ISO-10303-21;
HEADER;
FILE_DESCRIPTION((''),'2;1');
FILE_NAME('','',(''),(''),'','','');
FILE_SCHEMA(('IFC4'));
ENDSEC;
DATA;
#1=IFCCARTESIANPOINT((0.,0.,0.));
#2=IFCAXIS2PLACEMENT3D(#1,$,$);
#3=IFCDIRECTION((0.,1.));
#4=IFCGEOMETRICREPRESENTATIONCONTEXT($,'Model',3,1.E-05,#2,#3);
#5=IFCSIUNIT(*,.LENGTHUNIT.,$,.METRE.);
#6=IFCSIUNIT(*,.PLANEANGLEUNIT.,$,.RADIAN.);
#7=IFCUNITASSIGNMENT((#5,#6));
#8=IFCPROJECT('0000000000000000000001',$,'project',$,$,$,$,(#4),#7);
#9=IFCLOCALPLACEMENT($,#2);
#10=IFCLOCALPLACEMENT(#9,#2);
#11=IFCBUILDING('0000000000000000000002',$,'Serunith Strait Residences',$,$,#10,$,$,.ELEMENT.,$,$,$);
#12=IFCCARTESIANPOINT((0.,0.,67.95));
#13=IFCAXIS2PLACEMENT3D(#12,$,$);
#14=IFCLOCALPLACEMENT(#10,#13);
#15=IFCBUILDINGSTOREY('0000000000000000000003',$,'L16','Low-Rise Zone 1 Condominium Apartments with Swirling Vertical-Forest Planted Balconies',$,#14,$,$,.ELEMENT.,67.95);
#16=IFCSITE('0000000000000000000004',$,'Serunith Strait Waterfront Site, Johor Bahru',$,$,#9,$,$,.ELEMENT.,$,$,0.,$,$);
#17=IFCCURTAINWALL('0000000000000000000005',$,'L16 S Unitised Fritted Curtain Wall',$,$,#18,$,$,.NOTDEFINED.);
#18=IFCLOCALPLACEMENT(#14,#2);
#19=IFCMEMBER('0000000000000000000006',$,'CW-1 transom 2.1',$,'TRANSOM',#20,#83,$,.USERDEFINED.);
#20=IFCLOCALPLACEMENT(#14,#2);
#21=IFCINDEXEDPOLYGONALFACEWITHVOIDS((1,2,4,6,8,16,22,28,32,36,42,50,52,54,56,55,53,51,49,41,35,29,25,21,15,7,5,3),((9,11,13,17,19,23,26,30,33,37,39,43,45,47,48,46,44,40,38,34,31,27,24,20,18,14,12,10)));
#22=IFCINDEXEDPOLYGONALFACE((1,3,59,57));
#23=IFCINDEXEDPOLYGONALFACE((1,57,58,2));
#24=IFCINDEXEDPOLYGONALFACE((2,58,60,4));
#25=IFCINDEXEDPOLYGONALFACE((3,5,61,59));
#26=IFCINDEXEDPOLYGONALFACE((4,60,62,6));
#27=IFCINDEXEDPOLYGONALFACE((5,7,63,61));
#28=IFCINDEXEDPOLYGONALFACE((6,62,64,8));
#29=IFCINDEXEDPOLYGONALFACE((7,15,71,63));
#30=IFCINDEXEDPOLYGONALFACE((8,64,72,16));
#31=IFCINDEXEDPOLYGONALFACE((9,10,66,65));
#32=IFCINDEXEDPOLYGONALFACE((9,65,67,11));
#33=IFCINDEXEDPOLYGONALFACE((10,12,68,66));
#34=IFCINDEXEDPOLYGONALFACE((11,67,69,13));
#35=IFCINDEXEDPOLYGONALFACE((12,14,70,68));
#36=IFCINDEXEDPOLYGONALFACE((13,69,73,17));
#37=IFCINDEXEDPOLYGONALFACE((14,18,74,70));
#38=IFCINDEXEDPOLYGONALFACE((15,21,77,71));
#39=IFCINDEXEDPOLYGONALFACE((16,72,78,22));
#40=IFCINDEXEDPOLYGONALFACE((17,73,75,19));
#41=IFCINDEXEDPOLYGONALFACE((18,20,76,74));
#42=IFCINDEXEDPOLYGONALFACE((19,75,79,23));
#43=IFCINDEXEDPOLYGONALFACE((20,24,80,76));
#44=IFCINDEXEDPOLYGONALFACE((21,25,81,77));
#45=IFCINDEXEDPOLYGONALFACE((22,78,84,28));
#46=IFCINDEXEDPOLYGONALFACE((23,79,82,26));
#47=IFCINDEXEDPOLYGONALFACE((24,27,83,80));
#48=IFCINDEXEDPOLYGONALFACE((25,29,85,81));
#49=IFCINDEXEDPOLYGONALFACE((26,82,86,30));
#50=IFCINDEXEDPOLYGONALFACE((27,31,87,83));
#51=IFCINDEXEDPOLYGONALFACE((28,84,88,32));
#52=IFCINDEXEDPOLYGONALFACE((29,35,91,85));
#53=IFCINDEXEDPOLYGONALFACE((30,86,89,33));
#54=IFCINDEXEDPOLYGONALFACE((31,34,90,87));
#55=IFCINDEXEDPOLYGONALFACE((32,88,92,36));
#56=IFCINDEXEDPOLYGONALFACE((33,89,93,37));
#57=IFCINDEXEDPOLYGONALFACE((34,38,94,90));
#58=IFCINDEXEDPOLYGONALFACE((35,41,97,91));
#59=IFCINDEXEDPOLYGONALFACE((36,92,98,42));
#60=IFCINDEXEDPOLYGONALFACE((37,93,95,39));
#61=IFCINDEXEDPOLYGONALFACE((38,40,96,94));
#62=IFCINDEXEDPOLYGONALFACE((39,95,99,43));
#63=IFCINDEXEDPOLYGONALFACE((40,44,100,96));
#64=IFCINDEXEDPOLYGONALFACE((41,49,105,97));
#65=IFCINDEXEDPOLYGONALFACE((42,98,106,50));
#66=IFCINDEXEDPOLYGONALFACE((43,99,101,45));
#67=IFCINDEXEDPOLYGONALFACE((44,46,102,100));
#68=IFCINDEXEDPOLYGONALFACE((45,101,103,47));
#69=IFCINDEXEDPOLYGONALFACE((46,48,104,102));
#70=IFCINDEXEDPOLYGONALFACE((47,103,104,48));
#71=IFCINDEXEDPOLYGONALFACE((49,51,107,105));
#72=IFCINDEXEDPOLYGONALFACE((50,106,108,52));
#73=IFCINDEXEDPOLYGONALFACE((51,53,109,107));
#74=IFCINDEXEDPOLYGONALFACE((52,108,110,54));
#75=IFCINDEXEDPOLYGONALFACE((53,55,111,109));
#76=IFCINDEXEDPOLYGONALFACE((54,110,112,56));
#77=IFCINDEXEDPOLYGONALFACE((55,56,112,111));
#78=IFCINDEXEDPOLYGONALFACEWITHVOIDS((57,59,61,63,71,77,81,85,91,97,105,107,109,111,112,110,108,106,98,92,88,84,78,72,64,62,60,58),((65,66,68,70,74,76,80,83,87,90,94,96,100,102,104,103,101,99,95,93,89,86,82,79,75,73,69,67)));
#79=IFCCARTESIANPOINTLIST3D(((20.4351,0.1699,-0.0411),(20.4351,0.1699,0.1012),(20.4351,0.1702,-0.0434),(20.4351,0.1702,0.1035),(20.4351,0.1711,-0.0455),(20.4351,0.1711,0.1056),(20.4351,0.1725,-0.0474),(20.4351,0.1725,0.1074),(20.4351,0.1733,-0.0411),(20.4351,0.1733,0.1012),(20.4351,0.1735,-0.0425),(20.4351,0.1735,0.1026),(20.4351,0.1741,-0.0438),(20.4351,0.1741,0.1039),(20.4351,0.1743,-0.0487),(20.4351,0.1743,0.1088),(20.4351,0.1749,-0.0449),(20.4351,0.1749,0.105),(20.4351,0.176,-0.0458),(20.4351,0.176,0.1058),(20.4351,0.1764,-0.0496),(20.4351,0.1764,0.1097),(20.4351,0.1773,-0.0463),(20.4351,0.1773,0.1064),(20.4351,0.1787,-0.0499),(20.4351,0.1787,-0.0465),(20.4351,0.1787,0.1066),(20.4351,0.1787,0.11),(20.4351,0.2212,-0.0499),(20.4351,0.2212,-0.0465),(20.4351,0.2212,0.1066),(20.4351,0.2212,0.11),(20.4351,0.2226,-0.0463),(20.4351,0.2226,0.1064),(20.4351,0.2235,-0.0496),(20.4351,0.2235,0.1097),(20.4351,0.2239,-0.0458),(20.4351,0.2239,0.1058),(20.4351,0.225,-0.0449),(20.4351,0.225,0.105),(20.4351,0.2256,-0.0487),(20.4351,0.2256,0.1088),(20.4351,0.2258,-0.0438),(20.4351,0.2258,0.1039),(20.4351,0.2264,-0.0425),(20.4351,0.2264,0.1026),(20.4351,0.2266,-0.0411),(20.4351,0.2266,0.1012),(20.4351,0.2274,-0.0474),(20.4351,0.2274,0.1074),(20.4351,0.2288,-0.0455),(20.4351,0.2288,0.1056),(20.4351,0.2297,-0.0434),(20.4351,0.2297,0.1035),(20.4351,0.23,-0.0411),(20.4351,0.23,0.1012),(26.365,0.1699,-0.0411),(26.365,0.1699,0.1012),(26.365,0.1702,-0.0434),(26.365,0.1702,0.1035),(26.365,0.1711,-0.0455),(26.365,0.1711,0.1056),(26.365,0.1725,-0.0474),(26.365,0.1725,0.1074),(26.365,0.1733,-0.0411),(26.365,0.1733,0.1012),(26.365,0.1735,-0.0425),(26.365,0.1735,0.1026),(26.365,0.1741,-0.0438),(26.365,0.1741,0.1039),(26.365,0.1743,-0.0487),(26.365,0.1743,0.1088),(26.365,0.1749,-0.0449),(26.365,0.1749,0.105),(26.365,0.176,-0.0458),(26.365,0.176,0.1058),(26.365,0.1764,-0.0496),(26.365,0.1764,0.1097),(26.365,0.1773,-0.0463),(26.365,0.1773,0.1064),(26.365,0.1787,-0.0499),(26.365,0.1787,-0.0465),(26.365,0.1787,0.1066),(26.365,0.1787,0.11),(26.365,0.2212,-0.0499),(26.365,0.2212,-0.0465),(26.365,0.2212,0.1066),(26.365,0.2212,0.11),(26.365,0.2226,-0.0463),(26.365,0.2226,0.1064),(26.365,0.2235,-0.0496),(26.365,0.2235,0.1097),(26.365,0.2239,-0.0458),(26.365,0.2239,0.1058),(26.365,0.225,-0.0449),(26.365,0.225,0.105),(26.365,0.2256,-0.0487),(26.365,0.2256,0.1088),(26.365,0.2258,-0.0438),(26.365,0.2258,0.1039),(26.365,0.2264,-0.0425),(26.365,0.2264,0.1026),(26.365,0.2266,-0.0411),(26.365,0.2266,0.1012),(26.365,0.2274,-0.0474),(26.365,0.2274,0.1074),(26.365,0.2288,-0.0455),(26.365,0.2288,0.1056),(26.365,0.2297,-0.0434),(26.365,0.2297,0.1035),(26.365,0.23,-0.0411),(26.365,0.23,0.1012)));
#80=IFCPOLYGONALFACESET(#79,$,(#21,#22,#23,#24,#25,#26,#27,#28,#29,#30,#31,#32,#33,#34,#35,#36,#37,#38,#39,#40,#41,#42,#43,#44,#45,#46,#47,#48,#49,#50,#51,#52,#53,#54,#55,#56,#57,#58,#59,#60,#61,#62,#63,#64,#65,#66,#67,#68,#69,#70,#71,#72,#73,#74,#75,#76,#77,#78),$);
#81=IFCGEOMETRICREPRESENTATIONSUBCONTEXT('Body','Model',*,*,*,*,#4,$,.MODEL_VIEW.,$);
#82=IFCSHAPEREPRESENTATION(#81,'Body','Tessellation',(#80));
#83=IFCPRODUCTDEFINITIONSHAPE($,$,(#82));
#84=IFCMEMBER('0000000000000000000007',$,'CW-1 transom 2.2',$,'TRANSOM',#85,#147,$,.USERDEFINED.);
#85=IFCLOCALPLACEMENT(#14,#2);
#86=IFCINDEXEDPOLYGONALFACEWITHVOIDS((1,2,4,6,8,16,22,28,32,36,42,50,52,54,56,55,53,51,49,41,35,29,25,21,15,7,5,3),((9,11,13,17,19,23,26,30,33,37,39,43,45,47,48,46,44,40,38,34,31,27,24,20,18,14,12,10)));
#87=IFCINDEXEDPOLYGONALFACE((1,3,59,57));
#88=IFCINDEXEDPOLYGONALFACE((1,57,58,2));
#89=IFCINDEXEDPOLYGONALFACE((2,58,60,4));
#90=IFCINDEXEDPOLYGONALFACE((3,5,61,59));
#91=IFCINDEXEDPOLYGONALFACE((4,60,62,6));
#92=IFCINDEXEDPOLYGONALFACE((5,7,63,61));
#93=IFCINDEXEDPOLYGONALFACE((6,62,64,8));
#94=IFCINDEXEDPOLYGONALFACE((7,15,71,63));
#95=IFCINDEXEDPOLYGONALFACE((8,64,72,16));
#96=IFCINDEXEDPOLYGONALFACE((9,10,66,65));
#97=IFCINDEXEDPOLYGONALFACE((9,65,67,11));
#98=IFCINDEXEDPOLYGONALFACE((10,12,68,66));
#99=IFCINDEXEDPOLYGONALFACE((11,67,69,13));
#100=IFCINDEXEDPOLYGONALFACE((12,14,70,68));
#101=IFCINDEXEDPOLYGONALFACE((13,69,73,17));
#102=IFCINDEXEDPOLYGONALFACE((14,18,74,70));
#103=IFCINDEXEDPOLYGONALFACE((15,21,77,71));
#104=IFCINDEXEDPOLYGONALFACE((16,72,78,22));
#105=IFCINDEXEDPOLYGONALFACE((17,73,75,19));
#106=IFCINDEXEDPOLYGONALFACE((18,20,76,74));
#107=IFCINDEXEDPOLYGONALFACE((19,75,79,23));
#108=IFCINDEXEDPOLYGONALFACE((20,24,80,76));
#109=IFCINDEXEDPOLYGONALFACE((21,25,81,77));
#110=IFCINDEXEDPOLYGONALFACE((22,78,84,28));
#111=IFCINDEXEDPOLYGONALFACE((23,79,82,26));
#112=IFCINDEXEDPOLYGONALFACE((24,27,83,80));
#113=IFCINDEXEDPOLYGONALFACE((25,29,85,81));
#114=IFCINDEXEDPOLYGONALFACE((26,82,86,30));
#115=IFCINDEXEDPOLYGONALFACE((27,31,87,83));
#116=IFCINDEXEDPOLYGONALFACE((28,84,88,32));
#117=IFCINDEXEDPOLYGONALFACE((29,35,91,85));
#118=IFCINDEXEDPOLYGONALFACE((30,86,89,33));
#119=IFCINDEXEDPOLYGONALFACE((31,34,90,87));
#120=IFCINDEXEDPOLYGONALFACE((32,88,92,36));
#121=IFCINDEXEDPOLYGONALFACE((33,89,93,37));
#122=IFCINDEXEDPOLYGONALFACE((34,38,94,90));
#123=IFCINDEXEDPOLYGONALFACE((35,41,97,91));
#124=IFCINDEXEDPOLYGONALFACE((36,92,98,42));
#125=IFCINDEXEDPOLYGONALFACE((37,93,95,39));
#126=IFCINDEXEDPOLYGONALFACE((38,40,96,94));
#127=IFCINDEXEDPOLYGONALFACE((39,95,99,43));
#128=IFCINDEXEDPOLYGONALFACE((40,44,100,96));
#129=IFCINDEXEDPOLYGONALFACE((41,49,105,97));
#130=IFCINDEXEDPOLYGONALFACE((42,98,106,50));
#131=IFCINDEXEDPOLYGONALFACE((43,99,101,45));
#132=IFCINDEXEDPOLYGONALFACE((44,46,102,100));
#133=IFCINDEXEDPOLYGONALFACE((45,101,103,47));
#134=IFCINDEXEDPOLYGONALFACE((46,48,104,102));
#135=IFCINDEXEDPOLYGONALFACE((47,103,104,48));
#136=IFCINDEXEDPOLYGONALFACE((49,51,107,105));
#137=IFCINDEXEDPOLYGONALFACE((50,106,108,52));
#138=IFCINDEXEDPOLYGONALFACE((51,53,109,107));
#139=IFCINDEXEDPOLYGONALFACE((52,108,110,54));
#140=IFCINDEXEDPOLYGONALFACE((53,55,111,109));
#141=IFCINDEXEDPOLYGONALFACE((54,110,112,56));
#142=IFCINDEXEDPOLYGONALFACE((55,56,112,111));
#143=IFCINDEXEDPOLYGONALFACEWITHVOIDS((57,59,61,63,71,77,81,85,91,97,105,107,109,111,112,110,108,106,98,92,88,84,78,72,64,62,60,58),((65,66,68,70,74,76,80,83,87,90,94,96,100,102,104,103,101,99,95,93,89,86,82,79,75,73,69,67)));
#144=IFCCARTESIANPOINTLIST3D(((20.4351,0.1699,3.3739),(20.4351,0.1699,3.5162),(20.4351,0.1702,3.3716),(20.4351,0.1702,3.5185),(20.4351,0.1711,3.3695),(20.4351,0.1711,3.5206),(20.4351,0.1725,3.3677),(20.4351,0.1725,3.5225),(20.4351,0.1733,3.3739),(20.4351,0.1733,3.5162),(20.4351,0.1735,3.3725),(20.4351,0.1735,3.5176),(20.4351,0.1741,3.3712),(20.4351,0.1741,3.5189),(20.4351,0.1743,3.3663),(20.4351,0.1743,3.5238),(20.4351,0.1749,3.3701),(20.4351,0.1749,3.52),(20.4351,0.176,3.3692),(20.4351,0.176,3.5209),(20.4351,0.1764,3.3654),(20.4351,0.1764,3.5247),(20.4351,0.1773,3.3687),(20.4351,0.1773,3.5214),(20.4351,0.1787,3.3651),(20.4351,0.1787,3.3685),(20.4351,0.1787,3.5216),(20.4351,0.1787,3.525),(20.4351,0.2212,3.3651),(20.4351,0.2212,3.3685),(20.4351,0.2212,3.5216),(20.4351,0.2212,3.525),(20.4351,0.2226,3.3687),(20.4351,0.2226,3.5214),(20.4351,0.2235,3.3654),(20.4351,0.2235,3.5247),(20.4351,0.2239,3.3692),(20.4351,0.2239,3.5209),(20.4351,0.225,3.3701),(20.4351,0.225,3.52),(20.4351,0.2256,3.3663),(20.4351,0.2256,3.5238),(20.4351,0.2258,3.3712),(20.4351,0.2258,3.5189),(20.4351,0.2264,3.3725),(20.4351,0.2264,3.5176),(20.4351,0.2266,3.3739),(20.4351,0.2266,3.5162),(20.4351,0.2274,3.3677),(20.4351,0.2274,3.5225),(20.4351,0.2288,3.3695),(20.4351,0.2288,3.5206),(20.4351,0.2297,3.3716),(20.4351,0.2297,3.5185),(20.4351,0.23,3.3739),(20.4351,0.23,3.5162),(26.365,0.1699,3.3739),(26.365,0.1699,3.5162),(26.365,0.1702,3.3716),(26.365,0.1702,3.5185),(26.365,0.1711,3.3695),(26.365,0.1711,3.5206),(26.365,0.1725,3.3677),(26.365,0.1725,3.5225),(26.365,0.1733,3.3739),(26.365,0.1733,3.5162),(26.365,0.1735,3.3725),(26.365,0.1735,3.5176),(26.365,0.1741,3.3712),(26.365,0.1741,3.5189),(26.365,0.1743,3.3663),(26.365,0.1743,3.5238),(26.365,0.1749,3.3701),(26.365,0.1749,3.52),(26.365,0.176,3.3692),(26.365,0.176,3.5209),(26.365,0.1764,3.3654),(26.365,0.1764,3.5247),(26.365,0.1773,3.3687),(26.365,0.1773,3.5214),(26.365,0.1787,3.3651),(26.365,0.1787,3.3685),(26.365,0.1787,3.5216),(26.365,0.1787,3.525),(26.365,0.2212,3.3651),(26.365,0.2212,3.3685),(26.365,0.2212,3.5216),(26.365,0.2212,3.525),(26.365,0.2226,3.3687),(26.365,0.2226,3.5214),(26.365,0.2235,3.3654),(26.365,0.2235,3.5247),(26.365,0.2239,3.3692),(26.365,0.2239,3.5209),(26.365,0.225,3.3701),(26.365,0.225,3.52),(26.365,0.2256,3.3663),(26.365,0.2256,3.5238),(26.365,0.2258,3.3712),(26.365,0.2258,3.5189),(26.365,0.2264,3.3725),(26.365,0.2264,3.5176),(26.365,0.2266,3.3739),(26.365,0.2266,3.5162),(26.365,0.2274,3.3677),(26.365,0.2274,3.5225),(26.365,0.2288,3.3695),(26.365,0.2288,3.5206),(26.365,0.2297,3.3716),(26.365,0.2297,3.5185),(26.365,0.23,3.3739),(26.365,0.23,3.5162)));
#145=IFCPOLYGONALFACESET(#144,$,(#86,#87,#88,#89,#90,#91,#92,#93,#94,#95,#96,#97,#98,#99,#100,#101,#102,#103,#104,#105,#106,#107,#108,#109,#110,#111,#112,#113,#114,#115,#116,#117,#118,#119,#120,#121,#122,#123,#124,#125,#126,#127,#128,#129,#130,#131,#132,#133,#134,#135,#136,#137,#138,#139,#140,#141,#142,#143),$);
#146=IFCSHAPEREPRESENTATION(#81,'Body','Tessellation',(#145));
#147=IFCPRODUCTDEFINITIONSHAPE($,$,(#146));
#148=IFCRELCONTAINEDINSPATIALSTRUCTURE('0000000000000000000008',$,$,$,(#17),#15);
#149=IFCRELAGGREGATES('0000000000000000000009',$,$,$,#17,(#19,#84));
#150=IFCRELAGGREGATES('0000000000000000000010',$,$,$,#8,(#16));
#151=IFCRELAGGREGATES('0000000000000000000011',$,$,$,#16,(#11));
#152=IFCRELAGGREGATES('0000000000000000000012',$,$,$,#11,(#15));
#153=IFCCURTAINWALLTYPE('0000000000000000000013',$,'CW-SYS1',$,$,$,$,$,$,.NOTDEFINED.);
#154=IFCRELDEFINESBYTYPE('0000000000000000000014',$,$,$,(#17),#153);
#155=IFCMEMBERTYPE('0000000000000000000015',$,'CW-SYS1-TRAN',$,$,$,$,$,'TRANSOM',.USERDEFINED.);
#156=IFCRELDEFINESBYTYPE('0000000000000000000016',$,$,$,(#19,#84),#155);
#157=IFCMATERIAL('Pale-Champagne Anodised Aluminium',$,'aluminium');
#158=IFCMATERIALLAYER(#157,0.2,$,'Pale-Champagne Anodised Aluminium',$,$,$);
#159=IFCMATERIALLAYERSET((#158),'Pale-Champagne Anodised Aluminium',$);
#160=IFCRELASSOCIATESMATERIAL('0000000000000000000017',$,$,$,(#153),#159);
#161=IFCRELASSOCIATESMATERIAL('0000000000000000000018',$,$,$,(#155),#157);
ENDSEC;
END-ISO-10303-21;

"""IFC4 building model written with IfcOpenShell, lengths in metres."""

from ifc_helpers import new_model, si_unit, direction, frame, origin, origin_2d, place, context, subcontext, project, spatial, hollow_rectangle, extrude, source, transform, mapped, material, layer, layer_set, material_profile, profile_set, type_object, element, aggregate, save


model = new_model("IFC4")

# Units and contexts
model_context = context("Model", 3, precision=1e-05, world=origin(), true_north=direction((0.0, 1.0)))
body_context = subcontext(model_context, "Body", "Model", "MODEL_VIEW")
ifc_project = project(units=[si_unit("LENGTHUNIT", "METRE"), si_unit("PLANEANGLEUNIT", "RADIAN")], contexts=[model_context])

# Site, building, storey
site_placement = place(None, origin())
site = spatial("IfcSite", under=ifc_project, at=site_placement, Name="Serunith Strait Waterfront Site, Johor Bahru", CompositionType="ELEMENT", RefElevation=0.0)
building_placement = place(site_placement, origin())
building = spatial("IfcBuilding", under=site, at=building_placement, Name="Serunith Strait Residences", CompositionType="ELEMENT")
storey_placement = place(building_placement, frame((0.0, 0.0, 67.95)))
storey = spatial("IfcBuildingStorey", under=building, at=storey_placement, Name="L16", Description="Low-Rise Zone 1 Condominium Apartments with Swirling Vertical-Forest Planted Balconies", CompositionType="ELEMENT", Elevation=67.95)

# Curtain wall, members
ifc_material_1 = material(Name="Pale-Champagne Anodised Aluminium", Category="aluminium")
ifc_layer_1 = layer(ifc_material_1, 0.2, Name="Pale-Champagne Anodised Aluminium")
ifc_layer_set_1 = layer_set([ifc_layer_1], Name="Pale-Champagne Anodised Aluminium")
curtain_wall_type = type_object("IfcCurtainWallType", Name="CW-SYS1", PredefinedType="NOTDEFINED", material=ifc_layer_set_1)
curtain_wall_placement = place(storey_placement, origin())
curtain_wall = element("IfcCurtainWall", 1, at=curtain_wall_placement, inside=storey, type_object=curtain_wall_type, Name="L16 S Unitised Fritted Curtain Wall", PredefinedType="NOTDEFINED")
ifc_material_profile_1 = material_profile(ifc_material_1, hollow_rectangle(XDim=0.0601, YDim=0.1599, WallThickness=0.0034, InnerFilletRadius=0.0054, OuterFilletRadius=0.0088, at=origin_2d()), Name="ALU 160x60x3.5")
ifc_profile_set_1 = profile_set([ifc_material_profile_1], Name="Pale-Champagne Anodised Aluminium")
member_type_1 = type_object("IfcMemberType", Name="CW-SYS1-TRAN", ElementType="TRANSOM", PredefinedType="USERDEFINED", material=ifc_profile_set_1)
shared_shape_1 = source(origin(), body_context, "Body", "SweptSolid", [
    extrude(hollow_rectangle(XDim=0.0601, YDim=0.1599, WallThickness=0.0034, InnerFilletRadius=0.0054, OuterFilletRadius=0.0088, at=origin_2d()), origin(), (0.0, 0.0, 1.0), 5.9299),
])
member_1_placement = place(storey_placement, frame((20.4351, 0.2, 0.03), z_axis=(1.0, 0.0, 0.0), x_axis=(0.0, 1.0, 0.0)))
member_1 = element("IfcMember", 2, at=member_1_placement, type_object=member_type_1, Name="CW-1 transom 2.1", ObjectType="TRANSOM", PredefinedType="USERDEFINED", context=body_context, shape_type="MappedRepresentation", body=[
    mapped(shared_shape_1, transform((0.0, 0.0, 0.0), scale=1.0)),
])
member_2_placement = place(storey_placement, frame((20.4351, 0.2, 3.4451), z_axis=(1.0, 0.0, 0.0), x_axis=(0.0, 1.0, 0.0)))
member_2 = element("IfcMember", 3, at=member_2_placement, type_object=member_type_1, Name="CW-1 transom 2.2", ObjectType="TRANSOM", PredefinedType="USERDEFINED", context=body_context, shape_type="MappedRepresentation", body=[
    mapped(shared_shape_1, transform((0.0, 0.0, 0.0), scale=1.0)),
])
aggregate(curtain_wall, [member_1, member_2])

save(model, "model.ifc")
